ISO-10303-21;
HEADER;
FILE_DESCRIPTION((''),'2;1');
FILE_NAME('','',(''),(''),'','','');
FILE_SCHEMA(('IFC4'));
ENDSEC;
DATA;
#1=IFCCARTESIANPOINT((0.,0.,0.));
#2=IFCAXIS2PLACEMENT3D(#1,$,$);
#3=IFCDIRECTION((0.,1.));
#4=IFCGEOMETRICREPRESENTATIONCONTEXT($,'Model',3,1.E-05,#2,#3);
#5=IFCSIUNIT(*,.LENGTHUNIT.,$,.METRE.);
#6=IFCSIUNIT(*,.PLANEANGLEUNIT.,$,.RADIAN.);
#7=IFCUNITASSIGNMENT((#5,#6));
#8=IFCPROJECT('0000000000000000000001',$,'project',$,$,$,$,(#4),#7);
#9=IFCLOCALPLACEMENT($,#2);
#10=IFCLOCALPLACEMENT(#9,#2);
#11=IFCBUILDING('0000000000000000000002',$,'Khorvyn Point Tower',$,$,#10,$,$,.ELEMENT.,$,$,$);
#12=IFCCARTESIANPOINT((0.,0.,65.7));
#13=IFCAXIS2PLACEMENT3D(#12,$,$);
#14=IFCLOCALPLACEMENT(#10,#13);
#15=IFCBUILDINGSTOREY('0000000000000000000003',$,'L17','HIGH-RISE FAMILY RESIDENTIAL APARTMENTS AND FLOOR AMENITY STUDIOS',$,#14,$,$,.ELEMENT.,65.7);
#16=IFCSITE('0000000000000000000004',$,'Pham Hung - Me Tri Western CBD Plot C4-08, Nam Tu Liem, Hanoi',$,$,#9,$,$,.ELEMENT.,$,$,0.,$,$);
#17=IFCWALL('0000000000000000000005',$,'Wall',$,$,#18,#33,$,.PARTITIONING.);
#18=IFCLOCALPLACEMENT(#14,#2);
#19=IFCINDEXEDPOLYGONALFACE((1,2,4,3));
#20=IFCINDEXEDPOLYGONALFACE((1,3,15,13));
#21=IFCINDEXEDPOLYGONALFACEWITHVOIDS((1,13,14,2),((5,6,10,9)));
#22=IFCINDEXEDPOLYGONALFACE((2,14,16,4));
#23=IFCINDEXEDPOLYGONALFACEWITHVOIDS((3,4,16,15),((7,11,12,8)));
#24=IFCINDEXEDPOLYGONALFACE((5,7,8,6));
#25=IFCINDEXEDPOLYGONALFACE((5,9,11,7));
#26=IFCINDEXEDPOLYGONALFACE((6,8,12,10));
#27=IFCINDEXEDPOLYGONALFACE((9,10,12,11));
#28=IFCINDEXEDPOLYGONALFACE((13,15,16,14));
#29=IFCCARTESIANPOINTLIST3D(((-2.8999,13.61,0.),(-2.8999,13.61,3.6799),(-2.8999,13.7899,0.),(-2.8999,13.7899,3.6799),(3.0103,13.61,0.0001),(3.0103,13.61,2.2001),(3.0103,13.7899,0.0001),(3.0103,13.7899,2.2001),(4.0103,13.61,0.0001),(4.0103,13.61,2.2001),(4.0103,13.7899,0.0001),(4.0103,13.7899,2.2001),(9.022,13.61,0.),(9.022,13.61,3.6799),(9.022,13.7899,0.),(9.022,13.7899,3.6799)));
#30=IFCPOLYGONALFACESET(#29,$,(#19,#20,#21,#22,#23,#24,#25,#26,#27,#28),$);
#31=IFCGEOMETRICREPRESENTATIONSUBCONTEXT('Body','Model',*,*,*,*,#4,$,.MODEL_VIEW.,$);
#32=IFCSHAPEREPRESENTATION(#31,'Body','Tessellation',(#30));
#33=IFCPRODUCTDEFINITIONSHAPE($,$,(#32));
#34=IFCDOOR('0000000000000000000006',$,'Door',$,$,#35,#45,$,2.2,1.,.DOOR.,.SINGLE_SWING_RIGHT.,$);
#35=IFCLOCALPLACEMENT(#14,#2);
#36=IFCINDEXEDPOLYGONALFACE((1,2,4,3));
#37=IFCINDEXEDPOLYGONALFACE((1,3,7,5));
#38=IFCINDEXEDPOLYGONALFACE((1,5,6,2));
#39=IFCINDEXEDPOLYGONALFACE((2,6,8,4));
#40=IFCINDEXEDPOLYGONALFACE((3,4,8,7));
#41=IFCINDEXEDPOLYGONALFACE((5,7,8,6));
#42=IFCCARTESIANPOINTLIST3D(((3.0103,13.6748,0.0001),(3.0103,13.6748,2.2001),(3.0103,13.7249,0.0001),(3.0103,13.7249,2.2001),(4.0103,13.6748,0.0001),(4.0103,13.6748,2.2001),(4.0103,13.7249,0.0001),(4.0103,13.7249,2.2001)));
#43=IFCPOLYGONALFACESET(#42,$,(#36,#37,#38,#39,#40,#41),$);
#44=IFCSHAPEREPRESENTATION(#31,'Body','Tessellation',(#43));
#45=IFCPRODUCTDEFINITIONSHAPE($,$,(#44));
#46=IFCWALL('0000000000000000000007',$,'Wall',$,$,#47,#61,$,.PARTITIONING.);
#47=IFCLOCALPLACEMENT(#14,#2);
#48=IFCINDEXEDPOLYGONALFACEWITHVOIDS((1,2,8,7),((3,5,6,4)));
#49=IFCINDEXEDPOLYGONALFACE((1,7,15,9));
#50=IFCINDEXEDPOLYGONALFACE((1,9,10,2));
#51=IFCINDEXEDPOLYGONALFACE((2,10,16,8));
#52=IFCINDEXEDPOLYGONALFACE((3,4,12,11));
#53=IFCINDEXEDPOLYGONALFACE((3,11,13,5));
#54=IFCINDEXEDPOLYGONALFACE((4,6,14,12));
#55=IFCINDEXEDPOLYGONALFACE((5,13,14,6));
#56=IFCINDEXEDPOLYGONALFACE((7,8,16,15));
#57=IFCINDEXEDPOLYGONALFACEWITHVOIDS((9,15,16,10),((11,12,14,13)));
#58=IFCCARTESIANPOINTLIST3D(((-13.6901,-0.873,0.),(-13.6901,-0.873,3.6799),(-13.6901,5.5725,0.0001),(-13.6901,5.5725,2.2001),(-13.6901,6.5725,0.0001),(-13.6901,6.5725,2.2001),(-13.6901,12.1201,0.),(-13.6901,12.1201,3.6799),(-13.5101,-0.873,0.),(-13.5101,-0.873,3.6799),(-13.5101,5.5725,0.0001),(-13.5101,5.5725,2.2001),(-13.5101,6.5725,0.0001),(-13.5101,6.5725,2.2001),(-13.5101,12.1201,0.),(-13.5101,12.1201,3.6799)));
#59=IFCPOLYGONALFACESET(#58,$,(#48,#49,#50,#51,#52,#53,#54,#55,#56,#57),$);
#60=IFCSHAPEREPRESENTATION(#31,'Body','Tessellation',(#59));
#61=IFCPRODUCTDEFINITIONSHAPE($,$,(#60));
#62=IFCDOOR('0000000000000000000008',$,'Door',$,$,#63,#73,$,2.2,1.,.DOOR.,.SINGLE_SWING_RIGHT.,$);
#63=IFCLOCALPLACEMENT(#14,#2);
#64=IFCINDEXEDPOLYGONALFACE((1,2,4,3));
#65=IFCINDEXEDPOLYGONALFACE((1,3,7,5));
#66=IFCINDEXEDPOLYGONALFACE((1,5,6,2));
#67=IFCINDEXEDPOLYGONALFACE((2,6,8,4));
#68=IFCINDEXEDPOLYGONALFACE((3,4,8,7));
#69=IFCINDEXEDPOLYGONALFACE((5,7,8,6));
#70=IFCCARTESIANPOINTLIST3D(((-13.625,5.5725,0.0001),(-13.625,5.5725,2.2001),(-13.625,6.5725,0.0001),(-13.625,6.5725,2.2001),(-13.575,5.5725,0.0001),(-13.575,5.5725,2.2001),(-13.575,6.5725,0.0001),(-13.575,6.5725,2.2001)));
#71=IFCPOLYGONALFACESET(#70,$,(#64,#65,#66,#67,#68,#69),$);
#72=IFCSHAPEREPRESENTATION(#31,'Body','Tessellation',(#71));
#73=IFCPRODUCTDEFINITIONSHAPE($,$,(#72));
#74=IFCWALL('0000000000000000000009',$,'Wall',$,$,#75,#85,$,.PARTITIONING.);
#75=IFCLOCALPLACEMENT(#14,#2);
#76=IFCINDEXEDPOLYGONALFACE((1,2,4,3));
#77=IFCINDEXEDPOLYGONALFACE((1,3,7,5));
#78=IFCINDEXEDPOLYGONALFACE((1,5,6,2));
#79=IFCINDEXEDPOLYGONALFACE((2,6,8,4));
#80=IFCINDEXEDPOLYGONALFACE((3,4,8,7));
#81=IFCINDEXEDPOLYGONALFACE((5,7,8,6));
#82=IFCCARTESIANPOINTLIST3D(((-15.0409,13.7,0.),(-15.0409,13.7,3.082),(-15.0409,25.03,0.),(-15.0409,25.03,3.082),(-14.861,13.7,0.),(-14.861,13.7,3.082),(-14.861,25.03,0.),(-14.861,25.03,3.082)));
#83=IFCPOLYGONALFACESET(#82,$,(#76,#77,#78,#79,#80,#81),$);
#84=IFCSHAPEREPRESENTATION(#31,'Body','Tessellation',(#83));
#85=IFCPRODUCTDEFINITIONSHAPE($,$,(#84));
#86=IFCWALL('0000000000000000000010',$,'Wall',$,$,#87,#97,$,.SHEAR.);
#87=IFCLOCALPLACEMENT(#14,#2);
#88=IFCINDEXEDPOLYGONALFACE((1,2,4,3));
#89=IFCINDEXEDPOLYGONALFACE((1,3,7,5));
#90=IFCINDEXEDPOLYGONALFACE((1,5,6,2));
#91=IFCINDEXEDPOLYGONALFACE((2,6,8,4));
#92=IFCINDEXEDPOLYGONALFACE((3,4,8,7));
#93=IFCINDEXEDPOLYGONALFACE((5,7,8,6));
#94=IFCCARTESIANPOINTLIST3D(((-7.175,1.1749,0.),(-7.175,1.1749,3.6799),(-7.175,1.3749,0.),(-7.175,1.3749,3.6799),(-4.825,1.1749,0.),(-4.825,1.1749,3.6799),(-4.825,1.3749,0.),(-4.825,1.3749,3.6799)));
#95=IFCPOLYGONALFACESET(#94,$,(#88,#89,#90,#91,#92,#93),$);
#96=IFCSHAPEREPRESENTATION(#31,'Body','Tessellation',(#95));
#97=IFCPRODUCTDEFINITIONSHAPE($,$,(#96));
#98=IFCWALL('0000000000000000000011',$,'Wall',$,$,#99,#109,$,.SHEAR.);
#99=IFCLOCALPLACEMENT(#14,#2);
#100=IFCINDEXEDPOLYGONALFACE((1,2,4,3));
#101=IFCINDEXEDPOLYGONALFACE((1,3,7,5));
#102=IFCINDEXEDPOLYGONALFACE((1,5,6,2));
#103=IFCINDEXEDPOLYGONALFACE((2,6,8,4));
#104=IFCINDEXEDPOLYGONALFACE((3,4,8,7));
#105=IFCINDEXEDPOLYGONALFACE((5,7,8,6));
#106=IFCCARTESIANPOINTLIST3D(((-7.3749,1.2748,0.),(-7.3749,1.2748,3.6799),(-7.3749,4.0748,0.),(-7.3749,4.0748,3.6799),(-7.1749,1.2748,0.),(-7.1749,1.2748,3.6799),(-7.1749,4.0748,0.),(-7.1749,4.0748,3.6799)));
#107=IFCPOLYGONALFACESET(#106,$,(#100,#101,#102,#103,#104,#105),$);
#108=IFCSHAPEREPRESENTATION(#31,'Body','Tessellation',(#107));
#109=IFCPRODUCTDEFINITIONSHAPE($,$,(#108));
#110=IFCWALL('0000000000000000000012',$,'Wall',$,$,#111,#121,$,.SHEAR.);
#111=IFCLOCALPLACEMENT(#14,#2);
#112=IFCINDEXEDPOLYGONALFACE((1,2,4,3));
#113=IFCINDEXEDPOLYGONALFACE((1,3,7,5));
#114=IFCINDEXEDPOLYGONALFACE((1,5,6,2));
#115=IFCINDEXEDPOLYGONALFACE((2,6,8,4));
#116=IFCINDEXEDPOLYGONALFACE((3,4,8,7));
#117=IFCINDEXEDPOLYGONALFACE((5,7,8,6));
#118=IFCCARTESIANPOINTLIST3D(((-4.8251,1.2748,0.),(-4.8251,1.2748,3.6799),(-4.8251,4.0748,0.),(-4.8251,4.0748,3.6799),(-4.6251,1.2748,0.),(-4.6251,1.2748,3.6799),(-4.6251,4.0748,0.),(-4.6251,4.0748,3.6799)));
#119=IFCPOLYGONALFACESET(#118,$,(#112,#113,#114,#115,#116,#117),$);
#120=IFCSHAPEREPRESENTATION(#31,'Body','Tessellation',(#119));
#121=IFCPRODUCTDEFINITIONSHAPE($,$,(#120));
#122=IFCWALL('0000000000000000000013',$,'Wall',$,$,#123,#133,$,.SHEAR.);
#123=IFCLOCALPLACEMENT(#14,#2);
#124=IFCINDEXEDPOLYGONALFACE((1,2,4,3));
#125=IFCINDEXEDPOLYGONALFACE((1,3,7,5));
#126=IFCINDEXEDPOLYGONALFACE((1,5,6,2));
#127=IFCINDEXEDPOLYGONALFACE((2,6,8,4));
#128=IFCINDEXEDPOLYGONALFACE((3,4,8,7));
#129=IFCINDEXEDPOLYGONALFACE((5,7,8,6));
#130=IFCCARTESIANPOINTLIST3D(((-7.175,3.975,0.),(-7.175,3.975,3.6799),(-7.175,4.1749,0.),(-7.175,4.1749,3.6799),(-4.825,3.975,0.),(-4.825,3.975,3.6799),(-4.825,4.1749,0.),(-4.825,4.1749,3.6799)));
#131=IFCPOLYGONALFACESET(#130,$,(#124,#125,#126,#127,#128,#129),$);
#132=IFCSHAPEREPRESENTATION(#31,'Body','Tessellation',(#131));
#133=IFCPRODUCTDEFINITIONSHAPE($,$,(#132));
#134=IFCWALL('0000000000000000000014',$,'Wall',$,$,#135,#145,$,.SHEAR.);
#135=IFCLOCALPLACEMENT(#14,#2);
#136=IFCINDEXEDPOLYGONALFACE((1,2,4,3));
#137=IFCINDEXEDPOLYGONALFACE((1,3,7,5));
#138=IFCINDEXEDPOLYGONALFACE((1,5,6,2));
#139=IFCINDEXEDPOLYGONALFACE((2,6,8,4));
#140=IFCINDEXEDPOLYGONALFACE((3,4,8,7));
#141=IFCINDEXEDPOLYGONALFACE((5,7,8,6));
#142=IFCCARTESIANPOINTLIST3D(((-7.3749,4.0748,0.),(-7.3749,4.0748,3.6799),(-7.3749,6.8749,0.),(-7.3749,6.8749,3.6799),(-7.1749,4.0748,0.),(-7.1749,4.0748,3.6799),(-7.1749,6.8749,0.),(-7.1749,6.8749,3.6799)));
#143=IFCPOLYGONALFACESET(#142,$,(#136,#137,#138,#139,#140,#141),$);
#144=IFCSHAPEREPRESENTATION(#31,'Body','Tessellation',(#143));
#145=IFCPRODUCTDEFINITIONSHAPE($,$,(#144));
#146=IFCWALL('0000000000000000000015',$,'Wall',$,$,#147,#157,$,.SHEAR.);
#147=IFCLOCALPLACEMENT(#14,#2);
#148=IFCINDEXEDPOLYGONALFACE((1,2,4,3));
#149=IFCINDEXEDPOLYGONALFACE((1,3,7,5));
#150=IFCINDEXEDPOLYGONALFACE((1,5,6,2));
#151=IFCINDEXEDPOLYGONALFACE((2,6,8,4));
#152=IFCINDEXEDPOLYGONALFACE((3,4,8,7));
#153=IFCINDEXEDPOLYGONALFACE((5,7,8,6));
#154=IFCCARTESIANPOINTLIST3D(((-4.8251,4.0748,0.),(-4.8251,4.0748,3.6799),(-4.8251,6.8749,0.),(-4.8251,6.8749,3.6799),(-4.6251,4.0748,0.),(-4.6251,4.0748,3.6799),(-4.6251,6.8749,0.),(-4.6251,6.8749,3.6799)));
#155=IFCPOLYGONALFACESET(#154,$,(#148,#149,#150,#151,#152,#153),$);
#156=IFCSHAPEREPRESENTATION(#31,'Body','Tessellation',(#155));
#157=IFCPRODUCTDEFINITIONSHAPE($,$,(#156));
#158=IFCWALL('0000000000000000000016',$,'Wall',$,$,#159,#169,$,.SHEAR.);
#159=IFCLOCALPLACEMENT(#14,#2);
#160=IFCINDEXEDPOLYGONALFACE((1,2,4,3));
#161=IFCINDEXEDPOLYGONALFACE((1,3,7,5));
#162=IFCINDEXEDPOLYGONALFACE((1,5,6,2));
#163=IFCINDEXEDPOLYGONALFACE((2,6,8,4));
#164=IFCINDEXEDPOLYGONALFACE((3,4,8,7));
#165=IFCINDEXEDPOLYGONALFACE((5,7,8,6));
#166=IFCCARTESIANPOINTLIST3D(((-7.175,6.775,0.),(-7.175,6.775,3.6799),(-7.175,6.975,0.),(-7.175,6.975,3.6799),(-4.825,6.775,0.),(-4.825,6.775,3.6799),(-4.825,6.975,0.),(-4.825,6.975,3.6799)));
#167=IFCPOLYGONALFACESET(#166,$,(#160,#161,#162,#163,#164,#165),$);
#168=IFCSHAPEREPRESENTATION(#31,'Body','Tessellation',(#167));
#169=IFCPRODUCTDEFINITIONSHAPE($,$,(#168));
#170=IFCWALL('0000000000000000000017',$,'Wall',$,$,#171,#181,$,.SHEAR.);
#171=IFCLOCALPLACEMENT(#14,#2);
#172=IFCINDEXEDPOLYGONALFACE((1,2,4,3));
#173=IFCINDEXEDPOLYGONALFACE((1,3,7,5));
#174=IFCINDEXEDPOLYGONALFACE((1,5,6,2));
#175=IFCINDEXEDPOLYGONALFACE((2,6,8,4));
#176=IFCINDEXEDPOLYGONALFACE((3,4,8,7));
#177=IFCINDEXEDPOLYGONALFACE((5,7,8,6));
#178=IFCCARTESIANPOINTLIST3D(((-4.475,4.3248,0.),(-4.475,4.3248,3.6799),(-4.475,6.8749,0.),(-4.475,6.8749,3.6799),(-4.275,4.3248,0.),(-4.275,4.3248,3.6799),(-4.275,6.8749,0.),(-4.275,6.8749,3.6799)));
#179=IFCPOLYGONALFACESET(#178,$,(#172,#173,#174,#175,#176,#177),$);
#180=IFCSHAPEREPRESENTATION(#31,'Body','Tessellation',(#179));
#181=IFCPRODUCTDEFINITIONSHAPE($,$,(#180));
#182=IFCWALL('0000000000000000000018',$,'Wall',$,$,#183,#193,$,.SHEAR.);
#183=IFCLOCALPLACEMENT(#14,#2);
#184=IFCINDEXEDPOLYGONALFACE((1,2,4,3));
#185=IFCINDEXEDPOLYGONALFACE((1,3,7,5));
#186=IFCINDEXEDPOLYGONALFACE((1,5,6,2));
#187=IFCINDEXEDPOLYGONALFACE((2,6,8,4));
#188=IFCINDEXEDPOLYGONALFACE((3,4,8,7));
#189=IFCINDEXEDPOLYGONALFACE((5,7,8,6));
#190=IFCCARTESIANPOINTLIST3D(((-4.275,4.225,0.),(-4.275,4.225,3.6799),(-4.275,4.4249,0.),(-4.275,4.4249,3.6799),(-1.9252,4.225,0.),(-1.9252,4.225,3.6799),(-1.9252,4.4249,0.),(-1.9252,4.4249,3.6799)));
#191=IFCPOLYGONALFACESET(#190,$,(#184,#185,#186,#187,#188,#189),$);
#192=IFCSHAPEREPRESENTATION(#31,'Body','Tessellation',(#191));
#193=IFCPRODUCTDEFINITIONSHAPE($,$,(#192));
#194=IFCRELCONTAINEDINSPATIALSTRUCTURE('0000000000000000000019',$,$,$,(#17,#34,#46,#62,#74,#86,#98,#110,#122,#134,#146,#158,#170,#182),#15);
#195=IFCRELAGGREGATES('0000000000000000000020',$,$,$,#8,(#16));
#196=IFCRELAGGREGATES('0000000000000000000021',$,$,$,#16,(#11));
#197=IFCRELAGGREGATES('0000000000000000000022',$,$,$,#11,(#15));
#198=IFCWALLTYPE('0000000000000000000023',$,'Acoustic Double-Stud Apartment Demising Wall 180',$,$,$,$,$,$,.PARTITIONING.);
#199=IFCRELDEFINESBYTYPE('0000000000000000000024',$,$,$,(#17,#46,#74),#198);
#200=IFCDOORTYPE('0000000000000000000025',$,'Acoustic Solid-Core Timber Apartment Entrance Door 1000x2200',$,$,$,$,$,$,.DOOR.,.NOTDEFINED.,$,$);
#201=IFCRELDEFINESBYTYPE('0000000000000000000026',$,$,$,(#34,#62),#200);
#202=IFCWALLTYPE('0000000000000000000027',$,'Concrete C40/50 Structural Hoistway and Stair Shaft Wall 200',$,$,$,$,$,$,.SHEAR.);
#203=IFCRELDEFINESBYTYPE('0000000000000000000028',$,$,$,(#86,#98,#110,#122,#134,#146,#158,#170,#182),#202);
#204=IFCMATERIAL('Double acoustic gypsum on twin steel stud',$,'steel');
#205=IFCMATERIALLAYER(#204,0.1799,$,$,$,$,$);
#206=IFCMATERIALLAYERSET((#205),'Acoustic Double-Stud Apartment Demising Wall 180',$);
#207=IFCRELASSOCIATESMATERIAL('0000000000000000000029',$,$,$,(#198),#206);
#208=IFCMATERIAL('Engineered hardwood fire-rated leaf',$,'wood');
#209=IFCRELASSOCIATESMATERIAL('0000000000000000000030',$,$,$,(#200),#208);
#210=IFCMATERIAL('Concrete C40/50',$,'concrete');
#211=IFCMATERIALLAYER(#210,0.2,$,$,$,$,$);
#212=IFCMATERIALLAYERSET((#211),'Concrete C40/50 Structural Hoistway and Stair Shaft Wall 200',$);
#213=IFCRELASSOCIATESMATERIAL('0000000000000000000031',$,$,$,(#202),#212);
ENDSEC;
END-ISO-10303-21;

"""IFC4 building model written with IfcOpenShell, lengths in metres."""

from ifc_helpers import new_model, si_unit, direction, frame, frame_2d, origin, place, context, subcontext, project, spatial, rectangle, extrude, material, layer, layer_set, type_object, element, fill, save


model = new_model("IFC4")

# Units and contexts
model_context = context("Model", 3, precision=1e-05, world=origin(), true_north=direction((0.0, 1.0)))
body_context = subcontext(model_context, "Body", "Model", "MODEL_VIEW")
ifc_project = project(units=[si_unit("LENGTHUNIT", "METRE"), si_unit("PLANEANGLEUNIT", "RADIAN")], contexts=[model_context])

# Site, building, storey
site_placement = place(None, origin())
site = spatial("IfcSite", under=ifc_project, at=site_placement, Name="Pham Hung - Me Tri Western CBD Plot C4-08, Nam Tu Liem, Hanoi", CompositionType="ELEMENT", RefElevation=0.0)
building_placement = place(site_placement, origin())
building = spatial("IfcBuilding", under=site, at=building_placement, Name="Khorvyn Point Tower", CompositionType="ELEMENT")
storey_placement = place(building_placement, frame((0.0, 0.0, 65.7)))
storey = spatial("IfcBuildingStorey", under=building, at=storey_placement, Name="L17", Description="HIGH-RISE FAMILY RESIDENTIAL APARTMENTS AND FLOOR AMENITY STUDIOS", CompositionType="ELEMENT", Elevation=65.7)

# Shared definitions
ifc_material_1 = material(Name="Concrete C40/50", Category="concrete")

# Walls, openings, doors
ifc_material_2 = material(Name="Double acoustic gypsum on twin steel stud", Category="steel")
ifc_layer_1 = layer(ifc_material_2, 0.1799)
ifc_layer_set_1 = layer_set([ifc_layer_1], Name="Acoustic Double-Stud Apartment Demising Wall 180")
wall_type_1 = type_object("IfcWallType", Name="Acoustic Double-Stud Apartment Demising Wall 180", PredefinedType="PARTITIONING", material=ifc_layer_set_1)
ifc_material_3 = material(Name="Engineered hardwood fire-rated leaf", Category="wood")
door_type_1 = type_object("IfcDoorType", Name="Acoustic Solid-Core Timber Apartment Entrance Door 1000x2200", OperationType="NOTDEFINED", PredefinedType="DOOR", material=ifc_material_3)
wall_1_placement = place(storey_placement, frame((-2.8999, 13.7, 0.0), z_axis=(0.0, 0.0, 1.0), x_axis=(1.0, 0.0, 0.0)))
wall_1 = element("IfcWall", 1, at=wall_1_placement, inside=storey, type_object=wall_type_1, Name="Wall", PredefinedType="PARTITIONING", context=body_context, shape_type="SweptSolid", body=[
    extrude(rectangle(XDim=11.9219, YDim=0.1799, at=frame_2d((5.9609, 0.0))), origin(), (0.0, 0.0, 1.0), 3.6799),
])
opening_1_placement = place(wall_1_placement, frame((5.9102, 0.0, 0.0)))
opening_1 = element("IfcOpeningElement", 2, at=opening_1_placement, cuts=wall_1, PredefinedType="OPENING", context=body_context, shape_type="SweptSolid", body=[
    extrude(rectangle(XDim=1.0, YDim=2.2, at=frame_2d((0.5, 1.1001))), frame((0.0, 0.0999, 0.0), z_axis=(0.0, -1.0, 0.0), x_axis=(1.0, 0.0, 0.0)), (0.0, 0.0, 1.0), 0.2),
])
door_1_placement = place(opening_1_placement, origin())
door_1 = element("IfcDoor", 3, at=door_1_placement, inside=storey, type_object=door_type_1, Name="Door", OperationType="SINGLE_SWING_RIGHT", OverallHeight=2.2, OverallWidth=1.0, PredefinedType="DOOR", context=body_context, shape_type="SweptSolid", body=[
    extrude(rectangle(XDim=1.0, YDim=2.2, at=frame_2d((0.5, 1.1001))), frame((0.0, 0.0249, 0.0), z_axis=(0.0, -1.0, 0.0), x_axis=(1.0, 0.0, 0.0)), (0.0, 0.0, 1.0), 0.05),
])
fill(opening_1, door_1)
wall_2_placement = place(storey_placement, frame((-13.6001, -0.873, 0.0), z_axis=(0.0, 0.0, 1.0), x_axis=(0.0, 1.0, 0.0)))
wall_2 = element("IfcWall", 4, at=wall_2_placement, inside=storey, type_object=wall_type_1, Name="Wall", PredefinedType="PARTITIONING", context=body_context, shape_type="SweptSolid", body=[
    extrude(rectangle(XDim=12.9932, YDim=0.1799, at=frame_2d((6.4966, 0.0))), origin(), (0.0, 0.0, 1.0), 3.6799),
])
opening_2_placement = place(wall_2_placement, frame((6.4456, 0.0, 0.0)))
opening_2 = element("IfcOpeningElement", 5, at=opening_2_placement, cuts=wall_2, PredefinedType="OPENING", context=body_context, shape_type="SweptSolid", body=[
    extrude(rectangle(XDim=1.0, YDim=2.2, at=frame_2d((0.5, 1.1001))), frame((0.0, 0.0999, 0.0), z_axis=(0.0, -1.0, 0.0), x_axis=(1.0, 0.0, 0.0)), (0.0, 0.0, 1.0), 0.2),
])
door_2_placement = place(opening_2_placement, origin())
door_2 = element("IfcDoor", 6, at=door_2_placement, inside=storey, type_object=door_type_1, Name="Door", OperationType="SINGLE_SWING_RIGHT", OverallHeight=2.2, OverallWidth=1.0, PredefinedType="DOOR", context=body_context, shape_type="SweptSolid", body=[
    extrude(rectangle(XDim=1.0, YDim=2.2, at=frame_2d((0.5, 1.1001))), frame((0.0, 0.0249, 0.0), z_axis=(0.0, -1.0, 0.0), x_axis=(1.0, 0.0, 0.0)), (0.0, 0.0, 1.0), 0.05),
])
fill(opening_2, door_2)

# Wall
wall_3_placement = place(storey_placement, frame((-14.9509, 13.7, 0.0), z_axis=(0.0, 0.0, 1.0), x_axis=(0.0, 1.0, 0.0)))
element("IfcWall", 7, at=wall_3_placement, inside=storey, type_object=wall_type_1, Name="Wall", PredefinedType="PARTITIONING", context=body_context, shape_type="SweptSolid", body=[
    extrude(rectangle(XDim=11.3301, YDim=0.1799, at=frame_2d((5.665, 0.0))), origin(), (0.0, 0.0, 1.0), 3.082),
])

# Walls
ifc_layer_2 = layer(ifc_material_1, 0.2)
ifc_layer_set_2 = layer_set([ifc_layer_2], Name="Concrete C40/50 Structural Hoistway and Stair Shaft Wall 200")
wall_type_2 = type_object("IfcWallType", Name="Concrete C40/50 Structural Hoistway and Stair Shaft Wall 200", PredefinedType="SHEAR", material=ifc_layer_set_2)
wall_4_placement = place(storey_placement, frame((-7.175, 1.2749, 0.0), z_axis=(0.0, 0.0, 1.0), x_axis=(1.0, 0.0, 0.0)))
element("IfcWall", 8, at=wall_4_placement, inside=storey, type_object=wall_type_2, Name="Wall", PredefinedType="SHEAR", context=body_context, shape_type="SweptSolid", body=[
    extrude(rectangle(XDim=2.3501, YDim=0.2, at=frame_2d((1.175, 0.0))), origin(), (0.0, 0.0, 1.0), 3.6799),
])
for number, where, z_axis, x_axis, name in (
    (9, (-7.2749, 1.2749, 0.0), (0.0, 0.0, 1.0), (0.0, 1.0, 0.0), "Wall"),
    (10, (-4.7251, 1.2749, 0.0), (0.0, 0.0, 1.0), (0.0, 1.0, 0.0), "Wall"),
):
    element("IfcWall", number, at=place(storey_placement, frame(where, z_axis=z_axis, x_axis=x_axis)), inside=storey, type_object=wall_type_2, Name=name, PredefinedType="SHEAR", context=body_context, shape_type="SweptSolid", body=[
        extrude(rectangle(XDim=2.8, YDim=0.2, at=frame_2d((1.3999, 0.0))), origin(), (0.0, 0.0, 1.0), 3.6799),
    ])
wall_5_placement = place(storey_placement, frame((-7.175, 4.075, 0.0), z_axis=(0.0, 0.0, 1.0), x_axis=(1.0, 0.0, 0.0)))
element("IfcWall", 11, at=wall_5_placement, inside=storey, type_object=wall_type_2, Name="Wall", PredefinedType="SHEAR", context=body_context, shape_type="SweptSolid", body=[
    extrude(rectangle(XDim=2.3501, YDim=0.2, at=frame_2d((1.175, 0.0))), origin(), (0.0, 0.0, 1.0), 3.6799),
])
for number, where, z_axis, x_axis, name in (
    (12, (-7.2749, 4.075, 0.0), (0.0, 0.0, 1.0), (0.0, 1.0, 0.0), "Wall"),
    (13, (-4.7251, 4.075, 0.0), (0.0, 0.0, 1.0), (0.0, 1.0, 0.0), "Wall"),
):
    element("IfcWall", number, at=place(storey_placement, frame(where, z_axis=z_axis, x_axis=x_axis)), inside=storey, type_object=wall_type_2, Name=name, PredefinedType="SHEAR", context=body_context, shape_type="SweptSolid", body=[
        extrude(rectangle(XDim=2.8, YDim=0.2, at=frame_2d((1.3999, 0.0))), origin(), (0.0, 0.0, 1.0), 3.6799),
    ])
wall_6_placement = place(storey_placement, frame((-7.175, 6.875, 0.0), z_axis=(0.0, 0.0, 1.0), x_axis=(1.0, 0.0, 0.0)))
element("IfcWall", 14, at=wall_6_placement, inside=storey, type_object=wall_type_2, Name="Wall", PredefinedType="SHEAR", context=body_context, shape_type="SweptSolid", body=[
    extrude(rectangle(XDim=2.3501, YDim=0.2, at=frame_2d((1.175, 0.0))), origin(), (0.0, 0.0, 1.0), 3.6799),
])
wall_7_placement = place(storey_placement, frame((-4.375, 4.325, 0.0), z_axis=(0.0, 0.0, 1.0), x_axis=(0.0, 1.0, 0.0)))
element("IfcWall", 15, at=wall_7_placement, inside=storey, type_object=wall_type_2, Name="Wall", PredefinedType="SHEAR", context=body_context, shape_type="SweptSolid", body=[
    extrude(rectangle(XDim=2.55, YDim=0.2, at=frame_2d((1.2749, 0.0))), origin(), (0.0, 0.0, 1.0), 3.6799),
])
for number, where, z_axis, x_axis, name in (
    (16, (-4.2749, 4.325, 0.0), (0.0, 0.0, 1.0), (1.0, 0.0, 0.0), "Wall"),
):
    element("IfcWall", number, at=place(storey_placement, frame(where, z_axis=z_axis, x_axis=x_axis)), inside=storey, type_object=wall_type_2, Name=name, PredefinedType="SHEAR", context=body_context, shape_type="SweptSolid", body=[
        extrude(rectangle(XDim=2.3499, YDim=0.2, at=frame_2d((1.1748, 0.0))), origin(), (0.0, 0.0, 1.0), 3.6799),
    ])

save(model, "model.ifc")
